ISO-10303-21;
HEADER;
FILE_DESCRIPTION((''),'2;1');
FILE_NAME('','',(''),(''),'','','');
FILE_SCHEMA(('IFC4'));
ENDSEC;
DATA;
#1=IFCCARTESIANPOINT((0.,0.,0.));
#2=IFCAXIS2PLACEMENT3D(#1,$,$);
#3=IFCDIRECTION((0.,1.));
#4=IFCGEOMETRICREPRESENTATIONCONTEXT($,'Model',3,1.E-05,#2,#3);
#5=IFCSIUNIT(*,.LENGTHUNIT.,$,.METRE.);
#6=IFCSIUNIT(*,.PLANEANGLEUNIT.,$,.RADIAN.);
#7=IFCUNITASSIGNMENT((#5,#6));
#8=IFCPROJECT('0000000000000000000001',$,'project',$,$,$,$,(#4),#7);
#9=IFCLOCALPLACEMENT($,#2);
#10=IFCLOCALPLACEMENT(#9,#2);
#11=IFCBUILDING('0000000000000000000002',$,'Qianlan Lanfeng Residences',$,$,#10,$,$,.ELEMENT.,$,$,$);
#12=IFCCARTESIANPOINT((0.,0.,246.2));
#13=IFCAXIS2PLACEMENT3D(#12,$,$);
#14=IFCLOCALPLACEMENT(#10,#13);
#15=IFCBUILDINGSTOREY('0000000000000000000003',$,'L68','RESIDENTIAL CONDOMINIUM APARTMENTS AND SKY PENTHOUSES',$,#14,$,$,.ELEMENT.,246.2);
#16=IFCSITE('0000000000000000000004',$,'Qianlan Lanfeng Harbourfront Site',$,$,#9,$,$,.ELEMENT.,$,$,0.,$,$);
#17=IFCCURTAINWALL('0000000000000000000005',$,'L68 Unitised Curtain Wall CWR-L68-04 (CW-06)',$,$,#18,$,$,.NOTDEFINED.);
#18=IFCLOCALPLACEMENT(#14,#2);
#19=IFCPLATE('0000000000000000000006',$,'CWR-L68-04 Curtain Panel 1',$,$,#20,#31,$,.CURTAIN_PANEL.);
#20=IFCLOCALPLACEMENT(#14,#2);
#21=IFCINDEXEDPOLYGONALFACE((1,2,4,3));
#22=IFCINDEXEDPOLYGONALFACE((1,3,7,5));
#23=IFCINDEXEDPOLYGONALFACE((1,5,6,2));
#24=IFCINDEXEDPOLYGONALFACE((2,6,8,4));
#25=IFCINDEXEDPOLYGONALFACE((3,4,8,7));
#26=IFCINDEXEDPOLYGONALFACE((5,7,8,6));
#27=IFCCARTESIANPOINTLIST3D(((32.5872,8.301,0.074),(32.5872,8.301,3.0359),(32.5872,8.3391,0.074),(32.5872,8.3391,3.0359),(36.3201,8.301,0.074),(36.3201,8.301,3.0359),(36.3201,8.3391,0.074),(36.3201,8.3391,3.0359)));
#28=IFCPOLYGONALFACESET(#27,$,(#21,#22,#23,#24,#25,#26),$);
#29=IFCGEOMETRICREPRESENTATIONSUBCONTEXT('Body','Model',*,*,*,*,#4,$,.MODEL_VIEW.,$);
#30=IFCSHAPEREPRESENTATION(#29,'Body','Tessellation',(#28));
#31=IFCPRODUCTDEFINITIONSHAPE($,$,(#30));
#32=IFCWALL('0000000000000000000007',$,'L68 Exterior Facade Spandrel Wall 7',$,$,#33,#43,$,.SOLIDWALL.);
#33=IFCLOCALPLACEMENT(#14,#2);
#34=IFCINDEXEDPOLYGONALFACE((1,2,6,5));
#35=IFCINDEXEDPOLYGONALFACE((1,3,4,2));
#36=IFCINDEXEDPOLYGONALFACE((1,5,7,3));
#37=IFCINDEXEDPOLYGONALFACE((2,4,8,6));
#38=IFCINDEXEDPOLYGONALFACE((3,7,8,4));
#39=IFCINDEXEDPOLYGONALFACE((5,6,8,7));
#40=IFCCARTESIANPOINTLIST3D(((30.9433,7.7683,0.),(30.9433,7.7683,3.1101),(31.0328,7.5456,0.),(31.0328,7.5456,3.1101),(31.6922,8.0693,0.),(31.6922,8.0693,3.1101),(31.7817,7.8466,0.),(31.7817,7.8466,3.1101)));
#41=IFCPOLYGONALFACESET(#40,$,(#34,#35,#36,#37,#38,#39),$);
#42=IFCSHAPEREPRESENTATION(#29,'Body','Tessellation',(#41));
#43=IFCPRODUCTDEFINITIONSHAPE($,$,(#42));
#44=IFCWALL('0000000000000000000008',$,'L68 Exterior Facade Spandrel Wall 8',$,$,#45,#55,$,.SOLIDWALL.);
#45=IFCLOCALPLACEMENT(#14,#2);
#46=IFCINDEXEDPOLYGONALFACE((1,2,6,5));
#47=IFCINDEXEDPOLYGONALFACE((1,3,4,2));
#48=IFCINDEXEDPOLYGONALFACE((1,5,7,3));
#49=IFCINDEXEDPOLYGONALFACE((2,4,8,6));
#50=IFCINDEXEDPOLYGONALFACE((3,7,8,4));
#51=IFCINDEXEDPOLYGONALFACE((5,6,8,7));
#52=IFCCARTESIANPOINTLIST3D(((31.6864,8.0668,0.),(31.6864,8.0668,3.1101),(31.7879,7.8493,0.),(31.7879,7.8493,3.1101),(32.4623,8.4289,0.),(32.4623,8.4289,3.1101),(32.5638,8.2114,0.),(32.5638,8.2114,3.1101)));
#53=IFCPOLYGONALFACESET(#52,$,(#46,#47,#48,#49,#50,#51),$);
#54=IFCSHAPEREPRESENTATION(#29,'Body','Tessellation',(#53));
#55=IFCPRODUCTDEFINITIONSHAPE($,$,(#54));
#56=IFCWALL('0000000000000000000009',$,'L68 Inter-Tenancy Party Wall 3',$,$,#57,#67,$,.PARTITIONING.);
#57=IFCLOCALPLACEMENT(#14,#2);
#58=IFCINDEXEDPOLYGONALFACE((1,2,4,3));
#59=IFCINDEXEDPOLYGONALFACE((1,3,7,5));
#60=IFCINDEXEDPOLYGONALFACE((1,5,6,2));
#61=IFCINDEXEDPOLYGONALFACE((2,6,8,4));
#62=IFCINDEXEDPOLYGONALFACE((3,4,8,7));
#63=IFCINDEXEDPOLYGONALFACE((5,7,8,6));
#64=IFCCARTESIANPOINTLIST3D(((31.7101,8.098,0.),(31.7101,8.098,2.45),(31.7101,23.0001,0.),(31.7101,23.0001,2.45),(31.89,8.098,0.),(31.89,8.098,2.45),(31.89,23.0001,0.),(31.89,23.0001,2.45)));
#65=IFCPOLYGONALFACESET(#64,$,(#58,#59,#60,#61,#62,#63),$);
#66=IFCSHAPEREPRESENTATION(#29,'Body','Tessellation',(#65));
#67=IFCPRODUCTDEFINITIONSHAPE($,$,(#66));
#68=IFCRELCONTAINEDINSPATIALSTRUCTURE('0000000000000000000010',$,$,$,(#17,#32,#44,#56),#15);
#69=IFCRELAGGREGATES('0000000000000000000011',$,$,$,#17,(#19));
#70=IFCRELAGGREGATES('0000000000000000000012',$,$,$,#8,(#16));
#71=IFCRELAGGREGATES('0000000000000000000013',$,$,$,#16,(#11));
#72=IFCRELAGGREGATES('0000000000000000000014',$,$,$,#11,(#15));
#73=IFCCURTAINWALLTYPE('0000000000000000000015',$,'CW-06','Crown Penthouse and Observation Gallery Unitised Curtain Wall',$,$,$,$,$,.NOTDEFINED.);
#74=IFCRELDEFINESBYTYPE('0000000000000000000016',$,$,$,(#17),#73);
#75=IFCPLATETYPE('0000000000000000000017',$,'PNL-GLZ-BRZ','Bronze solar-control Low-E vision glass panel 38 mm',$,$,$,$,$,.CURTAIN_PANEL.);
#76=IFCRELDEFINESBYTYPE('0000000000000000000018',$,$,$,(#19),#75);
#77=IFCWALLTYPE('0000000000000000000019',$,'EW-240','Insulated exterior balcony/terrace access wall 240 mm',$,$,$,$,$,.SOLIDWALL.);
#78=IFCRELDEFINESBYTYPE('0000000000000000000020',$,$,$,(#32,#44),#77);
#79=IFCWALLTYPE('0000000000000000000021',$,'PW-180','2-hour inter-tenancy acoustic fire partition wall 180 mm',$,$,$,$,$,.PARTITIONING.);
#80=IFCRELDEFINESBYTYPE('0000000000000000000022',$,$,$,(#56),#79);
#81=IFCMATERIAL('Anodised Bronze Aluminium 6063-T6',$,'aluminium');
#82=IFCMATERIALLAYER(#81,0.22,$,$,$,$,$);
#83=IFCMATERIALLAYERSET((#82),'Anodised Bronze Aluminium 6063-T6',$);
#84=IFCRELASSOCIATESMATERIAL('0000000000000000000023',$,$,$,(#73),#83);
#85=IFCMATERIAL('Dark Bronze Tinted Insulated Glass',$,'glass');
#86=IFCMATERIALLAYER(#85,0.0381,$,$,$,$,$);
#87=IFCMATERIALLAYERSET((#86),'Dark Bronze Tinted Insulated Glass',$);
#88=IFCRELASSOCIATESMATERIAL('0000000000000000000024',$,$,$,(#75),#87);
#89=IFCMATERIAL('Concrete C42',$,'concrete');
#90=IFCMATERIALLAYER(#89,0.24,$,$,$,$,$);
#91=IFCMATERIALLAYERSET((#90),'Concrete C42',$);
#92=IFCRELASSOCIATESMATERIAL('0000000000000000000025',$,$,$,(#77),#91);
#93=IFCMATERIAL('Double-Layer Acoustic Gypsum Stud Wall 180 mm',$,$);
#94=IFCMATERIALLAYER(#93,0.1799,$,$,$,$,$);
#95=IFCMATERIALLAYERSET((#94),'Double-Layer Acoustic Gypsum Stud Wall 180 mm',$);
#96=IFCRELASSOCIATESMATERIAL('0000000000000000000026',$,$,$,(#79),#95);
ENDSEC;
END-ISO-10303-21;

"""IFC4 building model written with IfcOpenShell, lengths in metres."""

from ifc_helpers import new_model, si_unit, direction, frame, frame_2d, origin, origin_2d, place, context, subcontext, project, spatial, rectangle, extrude, source, transform, mapped, material, layer, layer_set, type_object, element, aggregate, save


model = new_model("IFC4")

# Units and contexts
model_context = context("Model", 3, precision=1e-05, world=origin(), true_north=direction((0.0, 1.0)))
body_context = subcontext(model_context, "Body", "Model", "MODEL_VIEW")
ifc_project = project(units=[si_unit("LENGTHUNIT", "METRE"), si_unit("PLANEANGLEUNIT", "RADIAN")], contexts=[model_context])

# Site, building, storey
site_placement = place(None, origin())
site = spatial("IfcSite", under=ifc_project, at=site_placement, Name="Qianlan Lanfeng Harbourfront Site", CompositionType="ELEMENT", RefElevation=0.0)
building_placement = place(site_placement, origin())
building = spatial("IfcBuilding", under=site, at=building_placement, Name="Qianlan Lanfeng Residences", CompositionType="ELEMENT")
storey_placement = place(building_placement, frame((0.0, 0.0, 246.2)))
storey = spatial("IfcBuildingStorey", under=building, at=storey_placement, Name="L68", Description="RESIDENTIAL CONDOMINIUM APARTMENTS AND SKY PENTHOUSES", CompositionType="ELEMENT", Elevation=246.2)

# Curtain wall, plate
ifc_material_1 = material(Name="Anodised Bronze Aluminium 6063-T6", Category="aluminium")
ifc_layer_1 = layer(ifc_material_1, 0.22)
ifc_layer_set_1 = layer_set([ifc_layer_1], Name="Anodised Bronze Aluminium 6063-T6")
curtain_wall_type = type_object("IfcCurtainWallType", Name="CW-06", Description="Crown Penthouse and Observation Gallery Unitised Curtain Wall", PredefinedType="NOTDEFINED", material=ifc_layer_set_1)
curtain_wall_placement = place(storey_placement, origin())
curtain_wall = element("IfcCurtainWall", 1, at=curtain_wall_placement, inside=storey, type_object=curtain_wall_type, Name="L68 Unitised Curtain Wall CWR-L68-04 (CW-06)", PredefinedType="NOTDEFINED")
ifc_material_2 = material(Name="Dark Bronze Tinted Insulated Glass", Category="glass")
ifc_layer_2 = layer(ifc_material_2, 0.0381)
ifc_layer_set_2 = layer_set([ifc_layer_2], Name="Dark Bronze Tinted Insulated Glass")
plate_type = type_object("IfcPlateType", Name="PNL-GLZ-BRZ", Description="Bronze solar-control Low-E vision glass panel 38 mm", PredefinedType="CURTAIN_PANEL", material=ifc_layer_set_2)
shared_shape_1 = source(origin(), body_context, "Body", "SweptSolid", [
    extrude(rectangle(XDim=3.7329, YDim=0.0381, at=origin_2d()), origin(), (0.0, 0.0, 1.0), 2.9619),
])
plate_placement = place(storey_placement, frame((34.4536, 8.3201, 0.074), z_axis=(0.0, 0.0, 1.0), x_axis=(1.0, 0.0, 0.0)))
plate = element("IfcPlate", 2, at=plate_placement, type_object=plate_type, Name="CWR-L68-04 Curtain Panel 1", PredefinedType="CURTAIN_PANEL", context=body_context, shape_type="MappedRepresentation", body=[
    mapped(shared_shape_1, transform((0.0, 0.0, 0.0), scale=1.0)),
])
aggregate(curtain_wall, [plate])

# Walls
ifc_material_3 = material(Name="Concrete C42", Category="concrete")
ifc_layer_3 = layer(ifc_material_3, 0.24)
ifc_layer_set_3 = layer_set([ifc_layer_3], Name="Concrete C42")
wall_type_1 = type_object("IfcWallType", Name="EW-240", Description="Insulated exterior balcony/terrace access wall 240 mm", PredefinedType="SOLIDWALL", material=ifc_layer_set_3)
wall_1_placement = place(storey_placement, frame((30.988, 7.657, 0.0), z_axis=(0.0, 0.0, 1.0), x_axis=(0.927871, 0.372902, 0.0)))
element("IfcWall", 3, at=wall_1_placement, inside=storey, type_object=wall_type_1, Name="L68 Exterior Facade Spandrel Wall 7", PredefinedType="SOLIDWALL", context=body_context, shape_type="SweptSolid", body=[
    extrude(rectangle(XDim=0.8071, YDim=0.24, at=frame_2d((0.4036, 0.0))), origin(), (0.0, 0.0, 1.0), 3.1101),
])
wall_2_placement = place(storey_placement, frame((31.7371, 7.958, 0.0), z_axis=(0.0, 0.0, 1.0), x_axis=(0.90619, 0.42287, 0.0)))
element("IfcWall", 4, at=wall_2_placement, inside=storey, type_object=wall_type_1, Name="L68 Exterior Facade Spandrel Wall 8", PredefinedType="SOLIDWALL", context=body_context, shape_type="SweptSolid", body=[
    extrude(rectangle(XDim=0.8562, YDim=0.24, at=frame_2d((0.4282, 0.0))), origin(), (0.0, 0.0, 1.0), 3.1101),
])
ifc_material_4 = material(Name="Double-Layer Acoustic Gypsum Stud Wall 180 mm")
ifc_layer_4 = layer(ifc_material_4, 0.1799)
ifc_layer_set_4 = layer_set([ifc_layer_4], Name="Double-Layer Acoustic Gypsum Stud Wall 180 mm")
wall_type_2 = type_object("IfcWallType", Name="PW-180", Description="2-hour inter-tenancy acoustic fire partition wall 180 mm", PredefinedType="PARTITIONING", material=ifc_layer_set_4)
wall_3_placement = place(storey_placement, frame((31.8, 8.0979, 0.0), z_axis=(0.0, 0.0, 1.0), x_axis=(0.0, 1.0, 0.0)))
element("IfcWall", 5, at=wall_3_placement, inside=storey, type_object=wall_type_2, Name="L68 Inter-Tenancy Party Wall 3", PredefinedType="PARTITIONING", context=body_context, shape_type="SweptSolid", body=[
    extrude(rectangle(XDim=14.9021, YDim=0.1799, at=frame_2d((7.4512, 0.0))), origin(), (0.0, 0.0, 1.0), 2.45),
])

save(model, "model.ifc")
